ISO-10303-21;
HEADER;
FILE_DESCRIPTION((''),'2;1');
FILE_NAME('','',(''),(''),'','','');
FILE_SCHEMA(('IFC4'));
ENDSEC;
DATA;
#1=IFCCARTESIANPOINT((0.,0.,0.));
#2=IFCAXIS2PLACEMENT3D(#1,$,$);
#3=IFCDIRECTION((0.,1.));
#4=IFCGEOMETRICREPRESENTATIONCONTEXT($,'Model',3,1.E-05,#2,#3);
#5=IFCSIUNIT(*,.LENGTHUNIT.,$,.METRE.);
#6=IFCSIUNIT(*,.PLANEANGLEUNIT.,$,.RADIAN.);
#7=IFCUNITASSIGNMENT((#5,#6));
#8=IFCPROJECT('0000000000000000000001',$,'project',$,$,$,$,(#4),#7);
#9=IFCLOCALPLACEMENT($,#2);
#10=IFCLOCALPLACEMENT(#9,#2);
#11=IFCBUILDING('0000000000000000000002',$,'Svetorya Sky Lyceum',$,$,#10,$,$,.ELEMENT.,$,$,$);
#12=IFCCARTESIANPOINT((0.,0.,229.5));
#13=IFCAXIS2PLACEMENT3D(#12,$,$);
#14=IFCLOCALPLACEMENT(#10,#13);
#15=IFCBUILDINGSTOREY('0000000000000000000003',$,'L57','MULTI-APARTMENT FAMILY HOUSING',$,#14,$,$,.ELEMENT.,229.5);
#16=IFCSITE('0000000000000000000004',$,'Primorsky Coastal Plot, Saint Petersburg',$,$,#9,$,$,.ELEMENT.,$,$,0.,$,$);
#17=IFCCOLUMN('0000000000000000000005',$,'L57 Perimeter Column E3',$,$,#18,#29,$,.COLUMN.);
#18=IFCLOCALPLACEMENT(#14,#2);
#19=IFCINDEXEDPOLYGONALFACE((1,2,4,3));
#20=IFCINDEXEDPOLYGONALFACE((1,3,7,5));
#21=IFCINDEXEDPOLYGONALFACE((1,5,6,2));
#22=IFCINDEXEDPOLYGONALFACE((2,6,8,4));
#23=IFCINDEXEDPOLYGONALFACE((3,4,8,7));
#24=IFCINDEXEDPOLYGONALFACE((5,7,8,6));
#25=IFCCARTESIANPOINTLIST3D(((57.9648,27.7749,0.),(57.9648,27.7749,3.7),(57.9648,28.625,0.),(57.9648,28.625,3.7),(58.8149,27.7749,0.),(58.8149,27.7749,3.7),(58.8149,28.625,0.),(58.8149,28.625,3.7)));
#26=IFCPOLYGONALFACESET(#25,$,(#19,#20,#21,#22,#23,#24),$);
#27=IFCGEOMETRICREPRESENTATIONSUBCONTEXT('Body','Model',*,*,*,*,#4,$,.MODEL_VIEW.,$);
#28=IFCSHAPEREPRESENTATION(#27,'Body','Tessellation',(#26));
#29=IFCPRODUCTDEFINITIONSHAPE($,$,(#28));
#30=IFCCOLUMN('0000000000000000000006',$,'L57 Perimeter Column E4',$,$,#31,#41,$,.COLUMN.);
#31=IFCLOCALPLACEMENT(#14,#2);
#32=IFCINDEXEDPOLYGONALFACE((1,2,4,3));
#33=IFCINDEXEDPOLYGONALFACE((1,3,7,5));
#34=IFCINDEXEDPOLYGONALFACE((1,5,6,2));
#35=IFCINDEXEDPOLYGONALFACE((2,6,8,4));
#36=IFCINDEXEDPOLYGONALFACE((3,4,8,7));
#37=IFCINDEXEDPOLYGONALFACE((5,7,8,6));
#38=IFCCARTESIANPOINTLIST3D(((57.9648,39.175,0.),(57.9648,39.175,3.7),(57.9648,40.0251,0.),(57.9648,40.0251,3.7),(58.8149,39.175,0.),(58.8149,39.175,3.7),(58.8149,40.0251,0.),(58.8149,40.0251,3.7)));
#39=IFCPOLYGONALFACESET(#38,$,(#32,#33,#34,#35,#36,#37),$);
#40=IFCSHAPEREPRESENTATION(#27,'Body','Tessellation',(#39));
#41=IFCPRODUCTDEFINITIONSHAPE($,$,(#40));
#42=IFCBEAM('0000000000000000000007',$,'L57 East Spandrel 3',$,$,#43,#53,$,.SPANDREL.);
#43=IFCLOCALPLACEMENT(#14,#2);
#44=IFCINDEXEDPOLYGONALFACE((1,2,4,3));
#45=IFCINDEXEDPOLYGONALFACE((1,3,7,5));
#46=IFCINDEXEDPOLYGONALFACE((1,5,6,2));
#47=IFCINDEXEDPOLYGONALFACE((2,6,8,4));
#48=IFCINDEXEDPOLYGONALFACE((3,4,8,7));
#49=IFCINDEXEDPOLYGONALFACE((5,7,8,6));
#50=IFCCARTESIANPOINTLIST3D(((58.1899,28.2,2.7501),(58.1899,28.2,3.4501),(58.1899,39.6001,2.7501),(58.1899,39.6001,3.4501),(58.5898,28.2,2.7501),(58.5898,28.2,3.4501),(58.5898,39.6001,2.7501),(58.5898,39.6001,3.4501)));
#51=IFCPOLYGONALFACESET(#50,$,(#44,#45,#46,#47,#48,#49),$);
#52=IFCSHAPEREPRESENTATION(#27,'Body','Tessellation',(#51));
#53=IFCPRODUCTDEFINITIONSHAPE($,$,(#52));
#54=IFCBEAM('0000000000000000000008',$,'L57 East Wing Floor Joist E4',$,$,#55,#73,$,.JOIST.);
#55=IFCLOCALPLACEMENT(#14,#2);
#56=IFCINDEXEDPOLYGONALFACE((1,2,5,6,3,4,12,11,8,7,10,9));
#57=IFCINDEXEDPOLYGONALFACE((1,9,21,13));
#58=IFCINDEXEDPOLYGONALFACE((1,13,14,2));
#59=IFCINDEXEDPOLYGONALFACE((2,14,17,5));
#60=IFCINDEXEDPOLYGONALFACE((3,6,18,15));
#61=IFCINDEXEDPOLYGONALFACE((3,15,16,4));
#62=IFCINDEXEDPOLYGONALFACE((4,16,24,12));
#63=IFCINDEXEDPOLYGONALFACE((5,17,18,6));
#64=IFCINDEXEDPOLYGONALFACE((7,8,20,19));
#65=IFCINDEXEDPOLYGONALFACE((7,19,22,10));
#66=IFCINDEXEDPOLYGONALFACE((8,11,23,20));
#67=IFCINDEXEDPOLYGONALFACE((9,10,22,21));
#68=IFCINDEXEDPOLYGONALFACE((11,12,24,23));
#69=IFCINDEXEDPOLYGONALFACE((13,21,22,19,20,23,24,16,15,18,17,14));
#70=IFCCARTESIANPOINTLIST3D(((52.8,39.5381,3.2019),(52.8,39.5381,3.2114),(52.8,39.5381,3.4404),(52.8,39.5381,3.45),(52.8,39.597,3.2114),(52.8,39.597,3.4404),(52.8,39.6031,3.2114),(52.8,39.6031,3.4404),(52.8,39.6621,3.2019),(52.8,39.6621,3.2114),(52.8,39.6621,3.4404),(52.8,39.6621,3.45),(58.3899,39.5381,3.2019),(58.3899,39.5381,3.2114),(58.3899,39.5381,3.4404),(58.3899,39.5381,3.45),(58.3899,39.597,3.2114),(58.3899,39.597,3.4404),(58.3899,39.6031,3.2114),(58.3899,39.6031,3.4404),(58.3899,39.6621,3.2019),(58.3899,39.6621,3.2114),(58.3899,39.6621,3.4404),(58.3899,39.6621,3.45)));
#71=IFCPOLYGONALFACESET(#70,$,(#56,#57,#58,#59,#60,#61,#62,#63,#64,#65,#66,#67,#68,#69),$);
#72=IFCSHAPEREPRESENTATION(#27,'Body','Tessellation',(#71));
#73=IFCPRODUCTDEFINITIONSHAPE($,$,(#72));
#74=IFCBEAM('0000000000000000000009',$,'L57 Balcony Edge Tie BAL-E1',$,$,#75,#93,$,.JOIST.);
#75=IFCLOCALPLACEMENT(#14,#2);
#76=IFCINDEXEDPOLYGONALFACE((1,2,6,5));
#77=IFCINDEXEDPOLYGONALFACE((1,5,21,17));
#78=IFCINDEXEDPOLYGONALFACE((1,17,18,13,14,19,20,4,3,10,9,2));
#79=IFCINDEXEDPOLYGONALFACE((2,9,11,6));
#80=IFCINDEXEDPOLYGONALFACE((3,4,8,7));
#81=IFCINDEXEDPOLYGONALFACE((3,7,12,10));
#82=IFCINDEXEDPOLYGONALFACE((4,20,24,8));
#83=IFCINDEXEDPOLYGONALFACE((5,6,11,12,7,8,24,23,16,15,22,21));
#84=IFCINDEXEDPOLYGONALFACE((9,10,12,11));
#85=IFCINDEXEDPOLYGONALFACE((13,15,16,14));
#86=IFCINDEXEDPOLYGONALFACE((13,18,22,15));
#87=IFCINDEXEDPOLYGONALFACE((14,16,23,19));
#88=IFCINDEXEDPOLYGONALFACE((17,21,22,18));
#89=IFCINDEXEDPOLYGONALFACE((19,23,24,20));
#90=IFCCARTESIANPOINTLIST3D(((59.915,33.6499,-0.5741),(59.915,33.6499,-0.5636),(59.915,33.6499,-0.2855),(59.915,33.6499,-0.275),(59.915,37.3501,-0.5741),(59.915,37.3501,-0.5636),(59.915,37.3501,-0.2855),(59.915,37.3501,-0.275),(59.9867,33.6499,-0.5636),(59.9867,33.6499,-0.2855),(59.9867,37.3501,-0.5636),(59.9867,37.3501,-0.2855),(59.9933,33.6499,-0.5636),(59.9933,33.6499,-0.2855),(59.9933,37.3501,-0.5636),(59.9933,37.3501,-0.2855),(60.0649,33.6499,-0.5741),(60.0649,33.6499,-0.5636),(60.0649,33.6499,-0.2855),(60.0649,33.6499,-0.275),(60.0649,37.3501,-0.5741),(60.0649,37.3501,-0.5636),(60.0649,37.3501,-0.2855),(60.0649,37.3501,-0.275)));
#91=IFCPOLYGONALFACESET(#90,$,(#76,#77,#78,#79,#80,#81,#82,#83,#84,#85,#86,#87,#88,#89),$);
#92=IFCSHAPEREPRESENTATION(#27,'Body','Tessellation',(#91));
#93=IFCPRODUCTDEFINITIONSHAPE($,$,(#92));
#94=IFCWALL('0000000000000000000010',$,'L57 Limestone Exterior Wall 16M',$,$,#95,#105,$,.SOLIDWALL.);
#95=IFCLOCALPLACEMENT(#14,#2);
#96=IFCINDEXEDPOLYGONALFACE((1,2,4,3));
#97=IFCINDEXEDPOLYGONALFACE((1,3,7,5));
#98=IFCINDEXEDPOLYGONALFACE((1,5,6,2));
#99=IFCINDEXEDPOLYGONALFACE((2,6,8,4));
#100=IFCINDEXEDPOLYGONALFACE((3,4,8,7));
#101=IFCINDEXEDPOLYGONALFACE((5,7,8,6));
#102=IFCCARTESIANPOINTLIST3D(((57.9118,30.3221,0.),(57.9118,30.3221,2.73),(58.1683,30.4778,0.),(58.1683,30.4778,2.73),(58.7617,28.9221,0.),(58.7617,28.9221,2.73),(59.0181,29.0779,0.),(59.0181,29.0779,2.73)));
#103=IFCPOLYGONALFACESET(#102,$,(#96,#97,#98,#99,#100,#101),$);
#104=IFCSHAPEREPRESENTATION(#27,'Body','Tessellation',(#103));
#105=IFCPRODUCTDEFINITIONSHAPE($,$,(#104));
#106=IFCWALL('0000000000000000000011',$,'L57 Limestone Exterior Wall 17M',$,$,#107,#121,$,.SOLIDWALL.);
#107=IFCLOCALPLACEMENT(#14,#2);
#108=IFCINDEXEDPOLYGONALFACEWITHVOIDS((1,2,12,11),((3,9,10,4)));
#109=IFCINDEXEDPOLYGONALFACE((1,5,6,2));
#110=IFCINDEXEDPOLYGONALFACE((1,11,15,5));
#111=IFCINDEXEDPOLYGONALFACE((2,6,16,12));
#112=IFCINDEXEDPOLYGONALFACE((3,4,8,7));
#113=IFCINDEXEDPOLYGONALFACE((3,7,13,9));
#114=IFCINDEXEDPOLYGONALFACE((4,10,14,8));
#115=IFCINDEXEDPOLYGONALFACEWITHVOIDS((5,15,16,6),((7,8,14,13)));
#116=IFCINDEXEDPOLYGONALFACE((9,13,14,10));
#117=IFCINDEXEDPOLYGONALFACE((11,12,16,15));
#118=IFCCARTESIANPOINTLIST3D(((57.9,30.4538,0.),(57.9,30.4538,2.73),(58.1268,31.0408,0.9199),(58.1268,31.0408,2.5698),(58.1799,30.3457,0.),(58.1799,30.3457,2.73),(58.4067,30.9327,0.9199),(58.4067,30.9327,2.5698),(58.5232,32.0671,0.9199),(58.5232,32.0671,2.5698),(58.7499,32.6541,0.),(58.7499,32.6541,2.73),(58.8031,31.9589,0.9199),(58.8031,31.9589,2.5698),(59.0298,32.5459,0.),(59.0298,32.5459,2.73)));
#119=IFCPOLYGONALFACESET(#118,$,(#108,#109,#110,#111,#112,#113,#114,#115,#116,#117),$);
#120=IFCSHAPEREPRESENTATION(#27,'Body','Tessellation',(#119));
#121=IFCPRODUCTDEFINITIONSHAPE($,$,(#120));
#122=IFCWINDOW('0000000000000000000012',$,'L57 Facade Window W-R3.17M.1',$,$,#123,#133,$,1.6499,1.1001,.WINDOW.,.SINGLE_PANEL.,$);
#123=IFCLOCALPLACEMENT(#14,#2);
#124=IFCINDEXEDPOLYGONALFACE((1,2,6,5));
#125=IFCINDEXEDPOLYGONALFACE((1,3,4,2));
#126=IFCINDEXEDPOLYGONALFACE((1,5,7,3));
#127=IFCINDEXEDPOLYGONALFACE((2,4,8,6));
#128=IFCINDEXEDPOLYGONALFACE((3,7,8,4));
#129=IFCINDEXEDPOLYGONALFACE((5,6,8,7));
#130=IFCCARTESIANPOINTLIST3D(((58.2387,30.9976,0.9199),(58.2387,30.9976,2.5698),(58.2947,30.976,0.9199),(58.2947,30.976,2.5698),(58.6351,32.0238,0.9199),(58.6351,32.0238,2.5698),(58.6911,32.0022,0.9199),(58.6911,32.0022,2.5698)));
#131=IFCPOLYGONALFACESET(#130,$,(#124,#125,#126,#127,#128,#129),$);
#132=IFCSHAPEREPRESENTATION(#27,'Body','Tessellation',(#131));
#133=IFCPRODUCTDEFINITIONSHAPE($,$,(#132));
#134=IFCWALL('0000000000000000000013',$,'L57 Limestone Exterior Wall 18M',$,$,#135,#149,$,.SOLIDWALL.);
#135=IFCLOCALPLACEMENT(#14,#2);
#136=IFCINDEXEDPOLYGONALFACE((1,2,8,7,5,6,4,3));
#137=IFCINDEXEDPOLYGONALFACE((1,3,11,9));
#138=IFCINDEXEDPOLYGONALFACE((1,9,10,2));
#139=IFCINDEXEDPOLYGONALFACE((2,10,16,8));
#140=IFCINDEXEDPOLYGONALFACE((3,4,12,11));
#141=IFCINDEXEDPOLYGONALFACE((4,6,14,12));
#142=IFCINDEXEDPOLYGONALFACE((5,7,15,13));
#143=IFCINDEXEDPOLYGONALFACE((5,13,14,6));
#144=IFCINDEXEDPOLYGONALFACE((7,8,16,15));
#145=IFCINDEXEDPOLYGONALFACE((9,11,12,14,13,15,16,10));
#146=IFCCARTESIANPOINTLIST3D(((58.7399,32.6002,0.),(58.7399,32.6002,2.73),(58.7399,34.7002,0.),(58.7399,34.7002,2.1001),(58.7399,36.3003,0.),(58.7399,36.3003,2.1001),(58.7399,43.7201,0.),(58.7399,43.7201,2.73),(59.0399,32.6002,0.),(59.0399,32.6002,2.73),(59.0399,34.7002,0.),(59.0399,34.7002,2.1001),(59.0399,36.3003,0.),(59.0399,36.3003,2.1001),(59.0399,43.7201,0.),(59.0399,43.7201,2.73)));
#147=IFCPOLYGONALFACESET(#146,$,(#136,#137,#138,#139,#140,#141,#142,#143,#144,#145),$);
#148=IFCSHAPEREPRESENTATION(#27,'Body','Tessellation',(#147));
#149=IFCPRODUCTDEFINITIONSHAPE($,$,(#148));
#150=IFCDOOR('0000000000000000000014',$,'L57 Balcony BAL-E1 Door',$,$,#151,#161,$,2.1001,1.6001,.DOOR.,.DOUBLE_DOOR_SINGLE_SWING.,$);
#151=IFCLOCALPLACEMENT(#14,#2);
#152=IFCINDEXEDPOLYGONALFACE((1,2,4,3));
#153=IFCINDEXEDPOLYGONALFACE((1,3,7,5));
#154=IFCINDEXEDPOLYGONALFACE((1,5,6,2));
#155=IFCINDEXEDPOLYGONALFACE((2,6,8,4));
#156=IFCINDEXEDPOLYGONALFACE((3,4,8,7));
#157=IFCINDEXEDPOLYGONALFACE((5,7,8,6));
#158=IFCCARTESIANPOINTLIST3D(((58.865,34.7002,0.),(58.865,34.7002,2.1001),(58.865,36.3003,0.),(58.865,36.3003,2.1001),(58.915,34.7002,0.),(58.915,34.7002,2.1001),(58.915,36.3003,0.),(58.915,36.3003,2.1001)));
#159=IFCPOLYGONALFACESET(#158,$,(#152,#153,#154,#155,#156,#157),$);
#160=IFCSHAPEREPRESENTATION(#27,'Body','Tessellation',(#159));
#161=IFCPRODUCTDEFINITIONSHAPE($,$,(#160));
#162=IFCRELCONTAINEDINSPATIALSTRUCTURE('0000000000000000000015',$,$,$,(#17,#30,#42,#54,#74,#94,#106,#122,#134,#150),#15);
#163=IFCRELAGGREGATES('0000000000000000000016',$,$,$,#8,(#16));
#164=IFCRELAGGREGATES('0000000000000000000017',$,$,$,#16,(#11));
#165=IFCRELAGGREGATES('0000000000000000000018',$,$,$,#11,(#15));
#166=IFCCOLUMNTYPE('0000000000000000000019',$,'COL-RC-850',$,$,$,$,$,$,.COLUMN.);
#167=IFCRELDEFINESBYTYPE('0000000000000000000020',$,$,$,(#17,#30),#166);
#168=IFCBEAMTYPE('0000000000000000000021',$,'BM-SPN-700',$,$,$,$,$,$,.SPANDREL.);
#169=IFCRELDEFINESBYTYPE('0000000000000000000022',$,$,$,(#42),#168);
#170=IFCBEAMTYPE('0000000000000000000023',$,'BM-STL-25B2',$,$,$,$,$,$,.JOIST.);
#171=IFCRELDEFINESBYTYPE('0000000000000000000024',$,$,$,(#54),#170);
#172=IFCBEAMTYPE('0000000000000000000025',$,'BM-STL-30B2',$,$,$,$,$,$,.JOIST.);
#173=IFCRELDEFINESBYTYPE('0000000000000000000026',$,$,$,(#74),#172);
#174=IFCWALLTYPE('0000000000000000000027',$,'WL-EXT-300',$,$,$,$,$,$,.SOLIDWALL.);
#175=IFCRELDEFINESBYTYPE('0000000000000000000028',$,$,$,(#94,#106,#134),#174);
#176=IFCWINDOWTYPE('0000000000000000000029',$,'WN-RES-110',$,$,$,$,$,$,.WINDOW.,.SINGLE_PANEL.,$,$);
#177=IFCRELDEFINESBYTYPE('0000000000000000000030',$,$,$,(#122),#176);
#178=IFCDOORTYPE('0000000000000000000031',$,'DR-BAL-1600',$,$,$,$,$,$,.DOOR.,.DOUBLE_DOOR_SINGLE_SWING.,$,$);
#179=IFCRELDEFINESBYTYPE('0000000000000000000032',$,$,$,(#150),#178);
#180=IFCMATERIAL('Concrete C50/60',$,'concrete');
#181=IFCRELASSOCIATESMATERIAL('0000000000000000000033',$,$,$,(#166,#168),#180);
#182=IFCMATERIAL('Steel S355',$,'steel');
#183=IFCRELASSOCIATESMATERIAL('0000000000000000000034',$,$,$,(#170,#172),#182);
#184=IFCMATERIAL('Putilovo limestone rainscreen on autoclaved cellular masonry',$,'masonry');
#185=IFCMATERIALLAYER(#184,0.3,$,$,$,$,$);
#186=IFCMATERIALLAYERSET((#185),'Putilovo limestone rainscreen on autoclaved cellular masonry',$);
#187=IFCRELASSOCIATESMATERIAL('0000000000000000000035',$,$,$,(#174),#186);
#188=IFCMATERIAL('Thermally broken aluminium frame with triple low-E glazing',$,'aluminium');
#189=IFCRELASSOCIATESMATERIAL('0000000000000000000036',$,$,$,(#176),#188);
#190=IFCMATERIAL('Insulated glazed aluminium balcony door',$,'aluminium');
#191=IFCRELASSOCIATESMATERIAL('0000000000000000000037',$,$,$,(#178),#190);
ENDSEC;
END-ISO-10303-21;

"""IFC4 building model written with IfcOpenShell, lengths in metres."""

from ifc_helpers import new_model, si_unit, direction, frame, frame_2d, origin, origin_2d, place, context, subcontext, project, spatial, rectangle, i_section, extrude, material, layer, layer_set, material_profile, profile_set, type_object, element, fill, save


model = new_model("IFC4")

# Units and contexts
model_context = context("Model", 3, precision=1e-05, world=origin(), true_north=direction((0.0, 1.0)))
body_context = subcontext(model_context, "Body", "Model", "MODEL_VIEW")
ifc_project = project(units=[si_unit("LENGTHUNIT", "METRE"), si_unit("PLANEANGLEUNIT", "RADIAN")], contexts=[model_context])

# Site, building, storey
site_placement = place(None, origin())
site = spatial("IfcSite", under=ifc_project, at=site_placement, Name="Primorsky Coastal Plot, Saint Petersburg", CompositionType="ELEMENT", RefElevation=0.0)
building_placement = place(site_placement, origin())
building = spatial("IfcBuilding", under=site, at=building_placement, Name="Svetorya Sky Lyceum", CompositionType="ELEMENT")
storey_placement = place(building_placement, frame((0.0, 0.0, 229.5)))
storey = spatial("IfcBuildingStorey", under=building, at=storey_placement, Name="L57", Description="MULTI-APARTMENT FAMILY HOUSING", CompositionType="ELEMENT", Elevation=229.5)

# Columns
ifc_material_1 = material(Name="Concrete C50/60", Category="concrete")
ifc_material_profile_1 = material_profile(ifc_material_1, rectangle(XDim=0.8501, YDim=0.8501, at=origin_2d()), Name="RC COL 850x850")
ifc_profile_set_1 = profile_set([ifc_material_profile_1], Name="Concrete C50/60")
column_type = type_object("IfcColumnType", Name="COL-RC-850", PredefinedType="COLUMN", material=ifc_profile_set_1)
for number, where, z_axis, x_axis, name in (
    (1, (58.3899, 28.2, 0.0), (0.0, 0.0, 1.0), (1.0, 0.0, 0.0), "L57 Perimeter Column E3"),
    (2, (58.3899, 39.6001, 0.0), (0.0, 0.0, 1.0), (1.0, 0.0, 0.0), "L57 Perimeter Column E4"),
):
    element("IfcColumn", number, at=place(storey_placement, frame(where, z_axis=z_axis, x_axis=x_axis)), inside=storey, type_object=column_type, Name=name, PredefinedType="COLUMN", context=body_context, shape_type="SweptSolid", body=[
        extrude(rectangle(XDim=0.8501, YDim=0.8501, at=origin_2d()), origin(), (0.0, 0.0, 1.0), 3.7),
    ])

# Beams
ifc_material_profile_2 = material_profile(ifc_material_1, rectangle(XDim=0.3999, YDim=0.7, at=origin_2d()), Name="RC SPANDREL 400x700")
ifc_profile_set_2 = profile_set([ifc_material_profile_2], Name="Concrete C50/60")
beam_type_1 = type_object("IfcBeamType", Name="BM-SPN-700", PredefinedType="SPANDREL", material=ifc_profile_set_2)
beam_1_placement = place(storey_placement, frame((58.3899, 28.2, 3.1001), z_axis=(0.0, 1.0, 0.0), x_axis=(-1.0, 0.0, 0.0)))
element("IfcBeam", 3, at=beam_1_placement, inside=storey, type_object=beam_type_1, Name="L57 East Spandrel 3", PredefinedType="SPANDREL", context=body_context, shape_type="SweptSolid", body=[
    extrude(rectangle(XDim=0.3999, YDim=0.7, at=origin_2d()), origin(), (0.0, 0.0, 1.0), 11.4001),
])
ifc_material_2 = material(Name="Steel S355", Category="steel")
ifc_material_profile_3 = material_profile(ifc_material_2, i_section(OverallWidth=0.124, OverallDepth=0.248, WebThickness=0.0061, FlangeThickness=0.0095, at=origin_2d()), Name="GOST 25B2")
ifc_profile_set_3 = profile_set([ifc_material_profile_3], Name="Steel S355")
beam_type_2 = type_object("IfcBeamType", Name="BM-STL-25B2", PredefinedType="JOIST", material=ifc_profile_set_3)
beam_2_placement = place(storey_placement, frame((52.8, 39.6001, 3.3259), z_axis=(1.0, 0.0, 0.0), x_axis=(0.0, 1.0, 0.0)))
element("IfcBeam", 4, at=beam_2_placement, inside=storey, type_object=beam_type_2, Name="L57 East Wing Floor Joist E4", PredefinedType="JOIST", context=body_context, shape_type="SweptSolid", body=[
    extrude(i_section(OverallWidth=0.124, OverallDepth=0.248, WebThickness=0.0061, FlangeThickness=0.0095, at=origin_2d()), origin(), (0.0, 0.0, 1.0), 5.5898),
])
ifc_material_profile_4 = material_profile(ifc_material_2, i_section(OverallWidth=0.1499, OverallDepth=0.2991, WebThickness=0.0066, FlangeThickness=0.0105, at=origin_2d()), Name="GOST 30B2")
ifc_profile_set_4 = profile_set([ifc_material_profile_4], Name="Steel S355")
beam_type_3 = type_object("IfcBeamType", Name="BM-STL-30B2", PredefinedType="JOIST", material=ifc_profile_set_4)
beam_3_placement = place(storey_placement, frame((59.99, 33.6499, -0.4246), z_axis=(0.0, 1.0, 0.0), x_axis=(-1.0, 0.0, 0.0)))
element("IfcBeam", 5, at=beam_3_placement, inside=storey, type_object=beam_type_3, Name="L57 Balcony Edge Tie BAL-E1", PredefinedType="JOIST", context=body_context, shape_type="SweptSolid", body=[
    extrude(i_section(OverallWidth=0.1499, OverallDepth=0.2991, WebThickness=0.0066, FlangeThickness=0.0105, at=origin_2d()), origin(), (0.0, 0.0, 1.0), 3.7002),
])

# Wall
ifc_material_3 = material(Name="Putilovo limestone rainscreen on autoclaved cellular masonry", Category="masonry")
ifc_layer_1 = layer(ifc_material_3, 0.3)
ifc_layer_set_1 = layer_set([ifc_layer_1], Name="Putilovo limestone rainscreen on autoclaved cellular masonry")
wall_type_1 = type_object("IfcWallType", Name="WL-EXT-300", PredefinedType="SOLIDWALL", material=ifc_layer_set_1)
wall_1_placement = place(storey_placement, frame((58.8899, 29.0, 0.0), z_axis=(0.0, 0.0, 1.0), x_axis=(-0.518939, 0.854811, 0.0)))
element("IfcWall", 6, at=wall_1_placement, inside=storey, type_object=wall_type_1, Name="L57 Limestone Exterior Wall 16M", PredefinedType="SOLIDWALL", context=body_context, shape_type="SweptSolid", body=[
    extrude(rectangle(XDim=1.6377, YDim=0.3, at=frame_2d((0.8188, 0.0))), origin(), (0.0, 0.0, 1.0), 2.73),
])

# Wall, opening, window
wall_2_placement = place(storey_placement, frame((58.04, 30.3999, 0.0), z_axis=(0.0, 0.0, 1.0), x_axis=(0.360317, 0.93283, 0.0)))
wall_2 = element("IfcWall", 7, at=wall_2_placement, inside=storey, type_object=wall_type_1, Name="L57 Limestone Exterior Wall 17M", PredefinedType="SOLIDWALL", context=body_context, shape_type="SweptSolid", body=[
    extrude(rectangle(XDim=2.3586, YDim=0.3, at=frame_2d((1.1792, 0.0))), origin(), (0.0, 0.0, 1.0), 2.73),
])
opening_1_placement = place(wall_2_placement, frame((0.6292, 0.0, 0.9199)))
opening_1 = element("IfcOpeningElement", 8, at=opening_1_placement, cuts=wall_2, PredefinedType="OPENING", context=body_context, shape_type="SweptSolid", body=[
    extrude(rectangle(XDim=1.1001, YDim=1.6499, at=frame_2d((0.55, 0.825))), frame((0.0, 0.1599, 0.0), z_axis=(0.0, -1.0, 0.0), x_axis=(1.0, 0.0, 0.0)), (0.0, 0.0, 1.0), 0.3201),
])
ifc_material_4 = material(Name="Thermally broken aluminium frame with triple low-E glazing", Category="aluminium")
window_type = type_object("IfcWindowType", Name="WN-RES-110", PartitioningType="SINGLE_PANEL", PredefinedType="WINDOW", material=ifc_material_4)
window_placement = place(opening_1_placement, origin())
window = element("IfcWindow", 9, at=window_placement, inside=storey, type_object=window_type, Name="L57 Facade Window W-R3.17M.1", OverallHeight=1.6499, OverallWidth=1.1001, PartitioningType="SINGLE_PANEL", PredefinedType="WINDOW", context=body_context, shape_type="SweptSolid", body=[
    extrude(rectangle(XDim=1.1001, YDim=1.6499, at=frame_2d((0.55, 0.825))), frame((0.0, 0.03, 0.0), z_axis=(0.0, -1.0, 0.0), x_axis=(1.0, 0.0, 0.0)), (0.0, 0.0, 1.0), 0.0601),
])
fill(opening_1, window)

# Wall, opening, door
wall_3_placement = place(storey_placement, frame((58.8899, 32.6001, 0.0), z_axis=(0.0, 0.0, 1.0), x_axis=(0.0, 1.0, 0.0)))
wall_3 = element("IfcWall", 10, at=wall_3_placement, inside=storey, type_object=wall_type_1, Name="L57 Limestone Exterior Wall 18M", PredefinedType="SOLIDWALL", context=body_context, shape_type="SweptSolid", body=[
    extrude(rectangle(XDim=11.1199, YDim=0.3, at=frame_2d((5.5601, 0.0))), origin(), (0.0, 0.0, 1.0), 2.73),
])
opening_2_placement = place(wall_3_placement, frame((2.1001, 0.0, 0.0)))
opening_2 = element("IfcOpeningElement", 11, at=opening_2_placement, cuts=wall_3, PredefinedType="OPENING", context=body_context, shape_type="SweptSolid", body=[
    extrude(rectangle(XDim=1.6001, YDim=2.1001, at=frame_2d((0.8, 1.05))), frame((0.0, 0.1599, 0.0), z_axis=(0.0, -1.0, 0.0), x_axis=(1.0, 0.0, 0.0)), (0.0, 0.0, 1.0), 0.3201),
])
ifc_material_5 = material(Name="Insulated glazed aluminium balcony door", Category="aluminium")
door_type_1 = type_object("IfcDoorType", Name="DR-BAL-1600", OperationType="DOUBLE_DOOR_SINGLE_SWING", PredefinedType="DOOR", material=ifc_material_5)
door_1_placement = place(opening_2_placement, origin())
door_1 = element("IfcDoor", 12, at=door_1_placement, inside=storey, type_object=door_type_1, Name="L57 Balcony BAL-E1 Door", OperationType="DOUBLE_DOOR_SINGLE_SWING", OverallHeight=2.1001, OverallWidth=1.6001, PredefinedType="DOOR", context=body_context, shape_type="SweptSolid", body=[
    extrude(rectangle(XDim=1.6001, YDim=2.1001, at=frame_2d((0.8, 1.05))), frame((0.0, 0.0249, 0.0), z_axis=(0.0, -1.0, 0.0), x_axis=(1.0, 0.0, 0.0)), (0.0, 0.0, 1.0), 0.05),
])
fill(opening_2, door_1)

save(model, "model.ifc")
